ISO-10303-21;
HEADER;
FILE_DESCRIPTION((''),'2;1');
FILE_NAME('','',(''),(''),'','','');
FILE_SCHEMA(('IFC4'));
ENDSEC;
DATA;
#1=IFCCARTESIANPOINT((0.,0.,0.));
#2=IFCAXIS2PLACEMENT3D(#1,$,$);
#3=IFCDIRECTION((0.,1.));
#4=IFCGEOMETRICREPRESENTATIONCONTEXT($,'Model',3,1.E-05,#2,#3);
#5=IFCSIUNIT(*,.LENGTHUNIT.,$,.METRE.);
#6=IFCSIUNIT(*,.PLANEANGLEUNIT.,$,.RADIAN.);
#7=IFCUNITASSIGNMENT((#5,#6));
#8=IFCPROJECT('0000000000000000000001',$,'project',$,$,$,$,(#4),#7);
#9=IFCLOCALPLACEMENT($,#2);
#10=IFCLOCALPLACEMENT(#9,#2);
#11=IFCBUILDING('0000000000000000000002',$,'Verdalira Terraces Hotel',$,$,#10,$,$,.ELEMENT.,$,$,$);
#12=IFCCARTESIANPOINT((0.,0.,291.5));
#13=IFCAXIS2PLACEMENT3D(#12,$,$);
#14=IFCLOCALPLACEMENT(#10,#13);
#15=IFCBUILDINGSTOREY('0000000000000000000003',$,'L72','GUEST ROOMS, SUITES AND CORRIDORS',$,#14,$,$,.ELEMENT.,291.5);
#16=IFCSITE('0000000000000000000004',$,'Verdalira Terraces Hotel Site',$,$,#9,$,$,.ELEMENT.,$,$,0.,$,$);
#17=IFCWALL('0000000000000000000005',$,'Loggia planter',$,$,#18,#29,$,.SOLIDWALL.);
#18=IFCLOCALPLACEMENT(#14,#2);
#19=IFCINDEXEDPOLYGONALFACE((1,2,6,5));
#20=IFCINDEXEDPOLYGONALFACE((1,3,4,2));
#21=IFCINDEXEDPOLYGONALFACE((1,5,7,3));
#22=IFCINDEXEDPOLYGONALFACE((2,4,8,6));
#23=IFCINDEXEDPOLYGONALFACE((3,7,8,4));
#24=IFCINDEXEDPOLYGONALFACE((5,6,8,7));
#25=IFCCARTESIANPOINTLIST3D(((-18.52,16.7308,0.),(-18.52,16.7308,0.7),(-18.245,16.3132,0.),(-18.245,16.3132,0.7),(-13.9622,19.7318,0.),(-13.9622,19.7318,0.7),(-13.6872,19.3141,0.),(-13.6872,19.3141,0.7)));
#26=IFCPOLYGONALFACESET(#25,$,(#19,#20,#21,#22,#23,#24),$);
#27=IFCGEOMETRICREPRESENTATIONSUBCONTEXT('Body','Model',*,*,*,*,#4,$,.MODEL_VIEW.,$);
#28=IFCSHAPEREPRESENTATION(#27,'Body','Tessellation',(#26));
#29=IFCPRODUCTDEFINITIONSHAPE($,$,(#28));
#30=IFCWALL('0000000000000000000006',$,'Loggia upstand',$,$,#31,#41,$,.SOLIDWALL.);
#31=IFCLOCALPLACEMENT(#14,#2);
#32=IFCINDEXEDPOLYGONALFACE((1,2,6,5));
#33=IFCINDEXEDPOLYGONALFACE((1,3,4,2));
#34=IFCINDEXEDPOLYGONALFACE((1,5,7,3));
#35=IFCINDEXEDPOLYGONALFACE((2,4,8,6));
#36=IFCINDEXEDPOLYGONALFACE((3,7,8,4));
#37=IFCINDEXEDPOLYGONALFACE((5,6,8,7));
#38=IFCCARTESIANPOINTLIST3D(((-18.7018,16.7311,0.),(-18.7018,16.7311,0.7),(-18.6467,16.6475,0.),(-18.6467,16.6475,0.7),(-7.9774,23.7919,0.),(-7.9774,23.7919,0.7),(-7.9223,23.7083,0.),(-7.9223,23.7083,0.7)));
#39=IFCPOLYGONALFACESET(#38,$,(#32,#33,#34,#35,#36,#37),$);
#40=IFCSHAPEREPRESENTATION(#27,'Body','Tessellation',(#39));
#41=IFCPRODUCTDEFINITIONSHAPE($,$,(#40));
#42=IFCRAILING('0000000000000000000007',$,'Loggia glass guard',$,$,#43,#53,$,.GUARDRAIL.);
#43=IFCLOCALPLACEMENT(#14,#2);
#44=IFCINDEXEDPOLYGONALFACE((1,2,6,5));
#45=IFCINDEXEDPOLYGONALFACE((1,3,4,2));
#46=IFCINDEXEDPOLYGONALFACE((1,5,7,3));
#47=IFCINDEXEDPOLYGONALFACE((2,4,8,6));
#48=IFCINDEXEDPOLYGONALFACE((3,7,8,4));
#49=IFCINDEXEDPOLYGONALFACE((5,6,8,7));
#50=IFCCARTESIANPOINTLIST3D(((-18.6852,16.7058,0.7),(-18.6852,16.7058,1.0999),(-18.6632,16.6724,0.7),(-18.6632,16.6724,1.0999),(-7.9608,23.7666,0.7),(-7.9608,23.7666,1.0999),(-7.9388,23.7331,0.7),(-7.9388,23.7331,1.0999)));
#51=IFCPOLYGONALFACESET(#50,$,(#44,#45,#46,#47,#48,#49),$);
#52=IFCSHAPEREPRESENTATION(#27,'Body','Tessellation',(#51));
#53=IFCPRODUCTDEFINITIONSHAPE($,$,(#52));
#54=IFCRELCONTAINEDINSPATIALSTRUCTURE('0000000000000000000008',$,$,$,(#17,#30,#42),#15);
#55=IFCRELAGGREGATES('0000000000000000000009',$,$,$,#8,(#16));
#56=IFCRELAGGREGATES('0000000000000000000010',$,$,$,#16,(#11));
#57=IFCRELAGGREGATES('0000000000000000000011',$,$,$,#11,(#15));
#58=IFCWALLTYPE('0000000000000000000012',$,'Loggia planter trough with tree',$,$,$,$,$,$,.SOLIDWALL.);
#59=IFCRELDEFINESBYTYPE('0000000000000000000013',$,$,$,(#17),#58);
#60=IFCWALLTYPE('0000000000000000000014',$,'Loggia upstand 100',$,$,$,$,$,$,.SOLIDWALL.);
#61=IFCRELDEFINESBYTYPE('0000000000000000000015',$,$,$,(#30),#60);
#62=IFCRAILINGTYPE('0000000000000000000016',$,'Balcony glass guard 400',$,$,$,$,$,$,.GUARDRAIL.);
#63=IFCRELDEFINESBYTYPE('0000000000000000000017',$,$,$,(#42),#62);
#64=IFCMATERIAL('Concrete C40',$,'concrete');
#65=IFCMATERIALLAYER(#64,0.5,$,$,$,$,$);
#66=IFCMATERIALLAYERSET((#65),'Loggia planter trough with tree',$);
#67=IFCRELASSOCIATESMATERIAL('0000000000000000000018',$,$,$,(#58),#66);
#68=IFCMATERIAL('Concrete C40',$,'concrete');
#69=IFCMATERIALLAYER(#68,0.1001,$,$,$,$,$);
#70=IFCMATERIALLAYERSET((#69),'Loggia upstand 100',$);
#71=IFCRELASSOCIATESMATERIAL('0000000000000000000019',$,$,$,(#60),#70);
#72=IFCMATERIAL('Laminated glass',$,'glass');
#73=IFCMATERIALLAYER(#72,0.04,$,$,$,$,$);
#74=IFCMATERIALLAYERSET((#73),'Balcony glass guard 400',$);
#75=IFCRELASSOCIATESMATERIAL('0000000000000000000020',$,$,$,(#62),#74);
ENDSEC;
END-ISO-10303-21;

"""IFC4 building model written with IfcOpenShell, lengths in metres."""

from ifc_helpers import new_model, si_unit, direction, frame, frame_2d, origin, origin_2d, place, context, subcontext, project, spatial, rectangle, extrude, material, layer, layer_set, type_object, element, save


model = new_model("IFC4")

# Units and contexts
model_context = context("Model", 3, precision=1e-05, world=origin(), true_north=direction((0.0, 1.0)))
body_context = subcontext(model_context, "Body", "Model", "MODEL_VIEW")
ifc_project = project(units=[si_unit("LENGTHUNIT", "METRE"), si_unit("PLANEANGLEUNIT", "RADIAN")], contexts=[model_context])

# Site, building, storey
site_placement = place(None, origin())
site = spatial("IfcSite", under=ifc_project, at=site_placement, Name="Verdalira Terraces Hotel Site", CompositionType="ELEMENT", RefElevation=0.0)
building_placement = place(site_placement, origin())
building = spatial("IfcBuilding", under=site, at=building_placement, Name="Verdalira Terraces Hotel", CompositionType="ELEMENT")
storey_placement = place(building_placement, frame((0.0, 0.0, 291.5)))
storey = spatial("IfcBuildingStorey", under=building, at=storey_placement, Name="L72", Description="GUEST ROOMS, SUITES AND CORRIDORS", CompositionType="ELEMENT", Elevation=291.5)

# Walls
ifc_material_1 = material(Name="Concrete C40", Category="concrete")
ifc_layer_1 = layer(ifc_material_1, 0.5)
ifc_layer_set_1 = layer_set([ifc_layer_1], Name="Loggia planter trough with tree")
wall_type_1 = type_object("IfcWallType", Name="Loggia planter trough with tree", PredefinedType="SOLIDWALL", material=ifc_layer_set_1)
wall_1_placement = place(storey_placement, frame((-13.8247, 19.5229, 0.0), z_axis=(0.0, 0.0, 1.0), x_axis=(-0.835216, -0.549921, 0.0)))
element("IfcWall", 1, at=wall_1_placement, inside=storey, type_object=wall_type_1, Name="Loggia planter", PredefinedType="SOLIDWALL", context=body_context, shape_type="SweptSolid", body=[
    extrude(rectangle(XDim=5.457, YDim=0.5, at=frame_2d((2.7285, 0.0))), origin(), (0.0, 0.0, 1.0), 0.7),
])
ifc_material_2 = material(Name="Concrete C40", Category="concrete")
ifc_layer_2 = layer(ifc_material_2, 0.1001)
ifc_layer_set_2 = layer_set([ifc_layer_2], Name="Loggia upstand 100")
wall_type_2 = type_object("IfcWallType", Name="Loggia upstand 100", PredefinedType="SOLIDWALL", material=ifc_layer_set_2)
wall_2_placement = place(storey_placement, frame((-7.95, 23.75, 0.0), z_axis=(0.0, 0.0, 1.0), x_axis=(-0.835228, -0.549904, 0.0)))
element("IfcWall", 2, at=wall_2_placement, inside=storey, type_object=wall_type_2, Name="Loggia upstand", PredefinedType="SOLIDWALL", context=body_context, shape_type="SweptSolid", body=[
    extrude(rectangle(XDim=12.8401, YDim=0.1001, at=frame_2d((6.4199, 0.0))), origin(), (0.0, 0.0, 1.0), 0.7),
])

# Railing
ifc_material_3 = material(Name="Laminated glass", Category="glass")
ifc_layer_3 = layer(ifc_material_3, 0.04)
ifc_layer_set_3 = layer_set([ifc_layer_3], Name="Balcony glass guard 400")
railing_type = type_object("IfcRailingType", Name="Balcony glass guard 400", PredefinedType="GUARDRAIL", material=ifc_layer_set_3)
railing_placement = place(storey_placement, frame((-13.312, 20.2195, 0.7), z_axis=(0.0, 0.0, 1.0), x_axis=(-0.835232, -0.549898, 0.0)))
element("IfcRailing", 3, at=railing_placement, inside=storey, type_object=railing_type, Name="Loggia glass guard", PredefinedType="GUARDRAIL", context=body_context, shape_type="SweptSolid", body=[
    extrude(rectangle(XDim=12.8401, YDim=0.04, at=origin_2d()), origin(), (0.0, 0.0, 1.0), 0.3999),
])

save(model, "model.ifc")
